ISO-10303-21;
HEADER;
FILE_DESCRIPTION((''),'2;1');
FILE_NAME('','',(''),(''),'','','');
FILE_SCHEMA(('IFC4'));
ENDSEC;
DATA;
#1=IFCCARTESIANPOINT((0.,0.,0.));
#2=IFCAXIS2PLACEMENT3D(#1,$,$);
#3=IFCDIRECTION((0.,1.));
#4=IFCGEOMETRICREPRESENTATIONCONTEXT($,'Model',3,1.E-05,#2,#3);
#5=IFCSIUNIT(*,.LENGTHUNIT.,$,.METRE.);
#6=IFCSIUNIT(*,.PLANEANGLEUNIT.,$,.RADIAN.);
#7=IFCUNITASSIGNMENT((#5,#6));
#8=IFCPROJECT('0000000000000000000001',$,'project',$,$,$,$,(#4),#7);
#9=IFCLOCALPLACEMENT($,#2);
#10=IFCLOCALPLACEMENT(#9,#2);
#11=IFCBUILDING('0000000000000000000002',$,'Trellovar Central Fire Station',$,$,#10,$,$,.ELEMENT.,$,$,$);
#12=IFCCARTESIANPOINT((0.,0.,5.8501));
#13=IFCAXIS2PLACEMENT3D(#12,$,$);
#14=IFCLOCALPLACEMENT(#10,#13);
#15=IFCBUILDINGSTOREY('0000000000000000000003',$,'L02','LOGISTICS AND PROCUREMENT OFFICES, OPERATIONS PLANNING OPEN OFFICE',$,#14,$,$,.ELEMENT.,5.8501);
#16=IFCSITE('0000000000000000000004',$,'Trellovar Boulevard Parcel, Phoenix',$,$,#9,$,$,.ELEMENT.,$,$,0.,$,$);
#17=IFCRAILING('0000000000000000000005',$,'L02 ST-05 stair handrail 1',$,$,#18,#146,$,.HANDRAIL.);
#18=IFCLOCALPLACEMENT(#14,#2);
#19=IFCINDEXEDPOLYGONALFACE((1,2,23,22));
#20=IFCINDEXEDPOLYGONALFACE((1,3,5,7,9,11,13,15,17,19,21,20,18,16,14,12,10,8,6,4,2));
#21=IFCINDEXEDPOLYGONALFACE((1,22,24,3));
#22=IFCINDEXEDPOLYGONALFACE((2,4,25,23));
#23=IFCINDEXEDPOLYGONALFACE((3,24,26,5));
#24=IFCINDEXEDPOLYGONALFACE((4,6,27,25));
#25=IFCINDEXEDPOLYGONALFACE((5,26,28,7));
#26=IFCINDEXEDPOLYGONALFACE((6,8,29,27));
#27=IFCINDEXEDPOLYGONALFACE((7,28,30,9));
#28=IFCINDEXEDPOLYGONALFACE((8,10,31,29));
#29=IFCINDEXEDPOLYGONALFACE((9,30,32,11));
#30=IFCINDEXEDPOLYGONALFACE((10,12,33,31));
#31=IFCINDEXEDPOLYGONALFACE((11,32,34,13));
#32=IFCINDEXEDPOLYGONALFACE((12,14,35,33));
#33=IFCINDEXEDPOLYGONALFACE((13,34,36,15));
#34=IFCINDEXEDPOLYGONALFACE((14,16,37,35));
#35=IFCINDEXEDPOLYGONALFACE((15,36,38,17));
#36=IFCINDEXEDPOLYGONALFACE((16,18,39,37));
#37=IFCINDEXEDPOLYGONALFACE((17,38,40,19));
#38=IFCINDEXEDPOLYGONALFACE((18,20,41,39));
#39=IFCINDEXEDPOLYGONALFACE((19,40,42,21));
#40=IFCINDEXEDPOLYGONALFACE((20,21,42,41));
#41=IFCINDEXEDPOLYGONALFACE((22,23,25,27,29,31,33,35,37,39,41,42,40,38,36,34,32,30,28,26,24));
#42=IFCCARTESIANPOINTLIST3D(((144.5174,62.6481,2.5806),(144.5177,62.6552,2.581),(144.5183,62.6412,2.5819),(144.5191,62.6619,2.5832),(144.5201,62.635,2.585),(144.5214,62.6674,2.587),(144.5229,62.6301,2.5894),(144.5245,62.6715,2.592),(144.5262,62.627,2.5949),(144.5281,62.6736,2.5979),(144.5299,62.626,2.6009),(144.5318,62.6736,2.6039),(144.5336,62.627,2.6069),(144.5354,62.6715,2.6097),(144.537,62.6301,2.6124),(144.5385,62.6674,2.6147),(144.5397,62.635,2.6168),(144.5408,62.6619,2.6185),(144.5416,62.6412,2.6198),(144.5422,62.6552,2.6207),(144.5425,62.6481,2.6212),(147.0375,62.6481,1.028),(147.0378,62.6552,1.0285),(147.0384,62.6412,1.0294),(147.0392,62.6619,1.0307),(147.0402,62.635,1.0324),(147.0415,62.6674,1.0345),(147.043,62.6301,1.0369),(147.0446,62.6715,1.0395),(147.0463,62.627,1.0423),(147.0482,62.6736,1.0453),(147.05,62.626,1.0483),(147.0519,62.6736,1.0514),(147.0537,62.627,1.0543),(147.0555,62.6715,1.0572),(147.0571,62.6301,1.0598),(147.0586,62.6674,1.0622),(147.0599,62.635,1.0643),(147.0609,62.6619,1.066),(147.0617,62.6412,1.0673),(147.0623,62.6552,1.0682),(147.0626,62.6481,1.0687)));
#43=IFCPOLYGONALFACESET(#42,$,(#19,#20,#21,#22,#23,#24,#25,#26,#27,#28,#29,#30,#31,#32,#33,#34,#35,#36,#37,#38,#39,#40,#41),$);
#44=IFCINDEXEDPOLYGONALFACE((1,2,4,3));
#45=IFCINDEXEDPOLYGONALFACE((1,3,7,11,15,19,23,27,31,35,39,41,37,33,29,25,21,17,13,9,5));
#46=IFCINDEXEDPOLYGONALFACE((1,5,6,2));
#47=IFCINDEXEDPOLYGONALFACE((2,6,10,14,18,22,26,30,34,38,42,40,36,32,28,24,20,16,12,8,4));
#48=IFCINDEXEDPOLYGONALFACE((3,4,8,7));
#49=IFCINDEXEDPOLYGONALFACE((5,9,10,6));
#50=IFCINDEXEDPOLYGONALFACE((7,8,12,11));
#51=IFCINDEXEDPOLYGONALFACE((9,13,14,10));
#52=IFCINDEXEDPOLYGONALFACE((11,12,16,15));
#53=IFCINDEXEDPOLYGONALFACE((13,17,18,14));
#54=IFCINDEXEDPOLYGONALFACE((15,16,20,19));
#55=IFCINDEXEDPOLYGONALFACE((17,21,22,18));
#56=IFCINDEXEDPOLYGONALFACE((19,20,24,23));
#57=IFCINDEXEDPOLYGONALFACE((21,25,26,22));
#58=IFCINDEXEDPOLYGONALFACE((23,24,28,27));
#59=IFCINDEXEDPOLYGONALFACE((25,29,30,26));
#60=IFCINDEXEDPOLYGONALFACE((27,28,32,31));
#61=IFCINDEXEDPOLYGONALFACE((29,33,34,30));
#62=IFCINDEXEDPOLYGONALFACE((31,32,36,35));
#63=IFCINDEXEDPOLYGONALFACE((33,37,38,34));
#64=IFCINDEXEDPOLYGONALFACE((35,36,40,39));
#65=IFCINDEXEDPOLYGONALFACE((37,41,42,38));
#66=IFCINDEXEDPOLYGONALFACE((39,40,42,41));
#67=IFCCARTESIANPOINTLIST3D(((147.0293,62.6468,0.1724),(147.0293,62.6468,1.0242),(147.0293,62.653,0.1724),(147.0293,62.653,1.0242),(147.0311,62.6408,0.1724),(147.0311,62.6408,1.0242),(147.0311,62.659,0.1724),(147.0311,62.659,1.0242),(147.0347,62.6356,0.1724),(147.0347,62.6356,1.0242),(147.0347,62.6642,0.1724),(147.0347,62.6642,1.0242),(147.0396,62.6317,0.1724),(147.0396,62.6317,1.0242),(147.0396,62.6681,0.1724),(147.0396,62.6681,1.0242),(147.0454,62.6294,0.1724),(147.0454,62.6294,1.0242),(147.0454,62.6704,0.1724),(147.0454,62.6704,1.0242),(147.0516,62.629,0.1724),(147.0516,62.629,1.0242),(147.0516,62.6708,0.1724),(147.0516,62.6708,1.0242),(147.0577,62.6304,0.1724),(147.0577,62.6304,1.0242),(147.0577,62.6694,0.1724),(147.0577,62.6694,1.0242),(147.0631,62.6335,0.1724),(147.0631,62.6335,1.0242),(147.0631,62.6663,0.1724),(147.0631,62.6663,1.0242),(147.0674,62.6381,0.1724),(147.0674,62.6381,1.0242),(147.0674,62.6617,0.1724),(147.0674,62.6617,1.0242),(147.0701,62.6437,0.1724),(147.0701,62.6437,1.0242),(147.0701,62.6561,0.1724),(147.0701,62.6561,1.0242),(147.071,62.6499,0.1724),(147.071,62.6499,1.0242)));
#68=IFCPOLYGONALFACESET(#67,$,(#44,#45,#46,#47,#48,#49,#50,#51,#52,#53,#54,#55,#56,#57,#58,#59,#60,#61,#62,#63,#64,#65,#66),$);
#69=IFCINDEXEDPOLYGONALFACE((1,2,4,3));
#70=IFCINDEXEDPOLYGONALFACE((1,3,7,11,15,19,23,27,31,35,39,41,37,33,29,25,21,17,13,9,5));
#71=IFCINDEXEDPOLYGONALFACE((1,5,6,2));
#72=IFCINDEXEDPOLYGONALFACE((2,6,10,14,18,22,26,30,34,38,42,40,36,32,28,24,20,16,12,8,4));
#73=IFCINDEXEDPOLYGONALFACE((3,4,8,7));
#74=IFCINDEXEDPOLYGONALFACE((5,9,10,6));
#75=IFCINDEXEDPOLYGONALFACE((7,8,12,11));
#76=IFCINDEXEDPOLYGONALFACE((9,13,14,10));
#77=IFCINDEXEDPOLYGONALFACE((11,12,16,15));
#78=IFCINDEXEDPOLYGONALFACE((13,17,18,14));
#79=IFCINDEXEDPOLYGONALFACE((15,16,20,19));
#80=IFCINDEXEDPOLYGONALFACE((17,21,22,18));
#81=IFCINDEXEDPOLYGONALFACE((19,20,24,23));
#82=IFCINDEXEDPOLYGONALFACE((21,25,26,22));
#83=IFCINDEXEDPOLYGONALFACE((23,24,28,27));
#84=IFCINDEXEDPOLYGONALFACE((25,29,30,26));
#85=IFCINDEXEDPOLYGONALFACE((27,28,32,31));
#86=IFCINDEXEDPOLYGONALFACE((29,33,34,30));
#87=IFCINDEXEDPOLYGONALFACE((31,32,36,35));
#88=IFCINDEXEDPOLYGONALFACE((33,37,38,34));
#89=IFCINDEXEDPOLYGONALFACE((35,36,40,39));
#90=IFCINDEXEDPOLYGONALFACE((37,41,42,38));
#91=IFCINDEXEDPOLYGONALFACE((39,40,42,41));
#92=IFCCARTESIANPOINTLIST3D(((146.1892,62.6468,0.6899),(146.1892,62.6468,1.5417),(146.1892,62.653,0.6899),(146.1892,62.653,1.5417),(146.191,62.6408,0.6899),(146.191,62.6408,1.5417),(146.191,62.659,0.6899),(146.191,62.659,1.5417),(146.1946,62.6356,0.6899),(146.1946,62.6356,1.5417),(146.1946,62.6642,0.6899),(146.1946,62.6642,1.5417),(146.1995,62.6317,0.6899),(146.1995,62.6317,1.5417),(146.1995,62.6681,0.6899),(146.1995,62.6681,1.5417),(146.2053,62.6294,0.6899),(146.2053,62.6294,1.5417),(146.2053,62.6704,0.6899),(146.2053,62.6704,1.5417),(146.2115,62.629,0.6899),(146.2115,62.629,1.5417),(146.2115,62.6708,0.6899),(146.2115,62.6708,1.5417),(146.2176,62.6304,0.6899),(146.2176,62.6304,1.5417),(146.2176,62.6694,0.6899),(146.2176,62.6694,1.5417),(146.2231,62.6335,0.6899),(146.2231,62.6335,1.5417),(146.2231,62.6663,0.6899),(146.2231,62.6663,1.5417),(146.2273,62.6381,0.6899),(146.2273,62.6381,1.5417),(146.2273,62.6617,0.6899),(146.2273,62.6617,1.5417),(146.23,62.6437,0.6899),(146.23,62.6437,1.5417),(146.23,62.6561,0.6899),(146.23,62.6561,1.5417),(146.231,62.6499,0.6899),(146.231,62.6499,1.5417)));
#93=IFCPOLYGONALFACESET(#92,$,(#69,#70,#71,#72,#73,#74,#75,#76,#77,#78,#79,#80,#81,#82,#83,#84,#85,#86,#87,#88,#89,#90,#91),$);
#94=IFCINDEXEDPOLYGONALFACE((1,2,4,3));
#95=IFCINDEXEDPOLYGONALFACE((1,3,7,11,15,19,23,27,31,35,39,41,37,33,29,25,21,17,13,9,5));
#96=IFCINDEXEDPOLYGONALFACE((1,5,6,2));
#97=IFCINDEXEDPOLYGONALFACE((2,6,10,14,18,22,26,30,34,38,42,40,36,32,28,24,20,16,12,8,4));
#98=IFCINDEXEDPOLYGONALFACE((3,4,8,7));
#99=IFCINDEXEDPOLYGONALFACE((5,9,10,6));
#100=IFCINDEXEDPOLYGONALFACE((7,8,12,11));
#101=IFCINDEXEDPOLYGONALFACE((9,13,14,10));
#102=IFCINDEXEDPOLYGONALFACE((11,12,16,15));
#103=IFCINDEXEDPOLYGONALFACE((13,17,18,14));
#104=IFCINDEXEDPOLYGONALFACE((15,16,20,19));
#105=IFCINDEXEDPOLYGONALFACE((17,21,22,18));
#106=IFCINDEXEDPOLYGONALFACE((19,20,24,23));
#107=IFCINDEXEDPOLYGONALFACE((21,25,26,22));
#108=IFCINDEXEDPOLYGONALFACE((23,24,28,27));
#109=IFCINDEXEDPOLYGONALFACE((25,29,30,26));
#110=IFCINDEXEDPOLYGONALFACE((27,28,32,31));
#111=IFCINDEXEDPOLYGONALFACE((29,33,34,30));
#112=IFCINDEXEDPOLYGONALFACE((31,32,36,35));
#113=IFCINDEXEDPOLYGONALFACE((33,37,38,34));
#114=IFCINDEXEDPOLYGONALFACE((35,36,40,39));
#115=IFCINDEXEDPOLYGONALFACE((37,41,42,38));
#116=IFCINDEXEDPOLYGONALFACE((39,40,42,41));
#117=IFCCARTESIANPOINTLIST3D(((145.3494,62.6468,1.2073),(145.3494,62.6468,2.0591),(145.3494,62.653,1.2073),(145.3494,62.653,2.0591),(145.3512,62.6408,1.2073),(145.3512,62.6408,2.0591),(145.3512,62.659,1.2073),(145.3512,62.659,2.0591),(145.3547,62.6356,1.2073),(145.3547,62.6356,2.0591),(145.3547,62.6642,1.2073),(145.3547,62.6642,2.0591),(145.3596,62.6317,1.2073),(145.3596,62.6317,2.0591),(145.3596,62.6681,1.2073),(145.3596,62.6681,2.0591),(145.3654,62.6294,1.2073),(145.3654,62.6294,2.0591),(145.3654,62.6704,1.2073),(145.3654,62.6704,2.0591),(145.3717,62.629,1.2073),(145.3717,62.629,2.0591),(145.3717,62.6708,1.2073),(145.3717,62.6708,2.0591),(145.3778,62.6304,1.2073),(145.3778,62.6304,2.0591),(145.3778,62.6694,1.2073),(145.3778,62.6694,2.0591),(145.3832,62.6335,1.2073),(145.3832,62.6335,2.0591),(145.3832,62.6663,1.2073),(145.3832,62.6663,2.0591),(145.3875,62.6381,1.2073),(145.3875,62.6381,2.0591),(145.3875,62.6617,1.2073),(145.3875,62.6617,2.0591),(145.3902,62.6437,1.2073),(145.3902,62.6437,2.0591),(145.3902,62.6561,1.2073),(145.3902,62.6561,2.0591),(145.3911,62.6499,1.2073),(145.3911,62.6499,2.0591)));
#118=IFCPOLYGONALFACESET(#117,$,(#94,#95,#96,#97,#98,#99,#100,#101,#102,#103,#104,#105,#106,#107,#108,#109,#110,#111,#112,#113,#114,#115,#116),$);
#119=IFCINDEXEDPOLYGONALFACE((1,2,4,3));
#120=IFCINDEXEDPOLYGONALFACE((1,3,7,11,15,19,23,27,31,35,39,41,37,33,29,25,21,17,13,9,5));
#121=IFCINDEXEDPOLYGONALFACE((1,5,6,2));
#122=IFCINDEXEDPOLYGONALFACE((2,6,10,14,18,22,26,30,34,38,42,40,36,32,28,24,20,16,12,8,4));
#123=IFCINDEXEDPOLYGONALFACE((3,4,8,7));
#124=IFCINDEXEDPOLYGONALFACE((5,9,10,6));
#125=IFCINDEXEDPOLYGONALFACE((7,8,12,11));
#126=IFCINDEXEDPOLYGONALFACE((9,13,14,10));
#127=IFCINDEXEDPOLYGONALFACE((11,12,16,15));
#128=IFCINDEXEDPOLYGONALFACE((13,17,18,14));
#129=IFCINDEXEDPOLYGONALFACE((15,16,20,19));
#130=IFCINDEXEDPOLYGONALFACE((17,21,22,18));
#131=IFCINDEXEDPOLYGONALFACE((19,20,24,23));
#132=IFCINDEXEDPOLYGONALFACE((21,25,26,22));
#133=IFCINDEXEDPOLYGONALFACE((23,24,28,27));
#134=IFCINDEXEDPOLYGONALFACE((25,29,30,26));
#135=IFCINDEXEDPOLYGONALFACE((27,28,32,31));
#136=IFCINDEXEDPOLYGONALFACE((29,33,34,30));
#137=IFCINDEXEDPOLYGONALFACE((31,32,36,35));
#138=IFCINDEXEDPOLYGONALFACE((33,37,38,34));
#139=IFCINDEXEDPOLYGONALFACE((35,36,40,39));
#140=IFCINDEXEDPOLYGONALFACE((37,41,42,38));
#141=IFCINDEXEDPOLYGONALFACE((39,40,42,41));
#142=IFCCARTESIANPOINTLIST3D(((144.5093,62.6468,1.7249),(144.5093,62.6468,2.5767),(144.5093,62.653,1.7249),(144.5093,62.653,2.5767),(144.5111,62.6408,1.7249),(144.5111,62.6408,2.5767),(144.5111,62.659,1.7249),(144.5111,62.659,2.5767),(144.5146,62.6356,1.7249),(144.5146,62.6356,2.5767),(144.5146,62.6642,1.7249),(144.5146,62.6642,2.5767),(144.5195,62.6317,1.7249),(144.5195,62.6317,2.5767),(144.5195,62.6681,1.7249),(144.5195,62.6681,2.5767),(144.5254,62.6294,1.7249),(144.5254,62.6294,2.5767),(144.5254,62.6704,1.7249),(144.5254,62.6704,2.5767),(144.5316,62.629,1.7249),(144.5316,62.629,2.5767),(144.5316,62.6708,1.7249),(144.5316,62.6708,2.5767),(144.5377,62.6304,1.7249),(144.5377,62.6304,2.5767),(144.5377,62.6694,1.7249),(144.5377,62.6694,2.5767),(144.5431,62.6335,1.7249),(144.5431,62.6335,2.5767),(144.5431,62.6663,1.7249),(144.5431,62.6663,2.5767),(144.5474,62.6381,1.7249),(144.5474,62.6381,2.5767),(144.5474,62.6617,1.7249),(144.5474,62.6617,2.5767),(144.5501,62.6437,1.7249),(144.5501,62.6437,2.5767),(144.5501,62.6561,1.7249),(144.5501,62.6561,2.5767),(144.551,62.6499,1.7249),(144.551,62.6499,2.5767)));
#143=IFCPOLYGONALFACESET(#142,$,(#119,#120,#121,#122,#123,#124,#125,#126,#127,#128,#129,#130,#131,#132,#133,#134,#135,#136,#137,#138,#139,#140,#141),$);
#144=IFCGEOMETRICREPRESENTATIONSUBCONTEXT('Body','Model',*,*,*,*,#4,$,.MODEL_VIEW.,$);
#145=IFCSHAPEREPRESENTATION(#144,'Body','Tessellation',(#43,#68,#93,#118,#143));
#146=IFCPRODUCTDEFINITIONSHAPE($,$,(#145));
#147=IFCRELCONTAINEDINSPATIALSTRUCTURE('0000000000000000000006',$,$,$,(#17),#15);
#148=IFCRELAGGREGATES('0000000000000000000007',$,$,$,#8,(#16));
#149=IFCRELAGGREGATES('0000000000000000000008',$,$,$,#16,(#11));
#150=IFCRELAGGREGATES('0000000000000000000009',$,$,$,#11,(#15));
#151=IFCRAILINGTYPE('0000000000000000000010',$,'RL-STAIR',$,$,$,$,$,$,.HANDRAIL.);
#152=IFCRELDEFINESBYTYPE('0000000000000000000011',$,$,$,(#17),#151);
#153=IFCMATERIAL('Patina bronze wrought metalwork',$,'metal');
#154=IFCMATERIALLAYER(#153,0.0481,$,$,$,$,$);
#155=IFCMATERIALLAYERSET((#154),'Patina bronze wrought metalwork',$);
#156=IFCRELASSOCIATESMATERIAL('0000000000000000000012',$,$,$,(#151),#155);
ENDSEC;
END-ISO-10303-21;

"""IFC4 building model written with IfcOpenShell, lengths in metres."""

from ifc_helpers import new_model, si_unit, direction, frame, origin, origin_2d, place, context, subcontext, project, spatial, circle, extrude, material, layer, layer_set, type_object, element, save


model = new_model("IFC4")

# Units and contexts
model_context = context("Model", 3, precision=1e-05, world=origin(), true_north=direction((0.0, 1.0)))
body_context = subcontext(model_context, "Body", "Model", "MODEL_VIEW")
ifc_project = project(units=[si_unit("LENGTHUNIT", "METRE"), si_unit("PLANEANGLEUNIT", "RADIAN")], contexts=[model_context])

# Site, building, storey
site_placement = place(None, origin())
site = spatial("IfcSite", under=ifc_project, at=site_placement, Name="Trellovar Boulevard Parcel, Phoenix", CompositionType="ELEMENT", RefElevation=0.0)
building_placement = place(site_placement, origin())
building = spatial("IfcBuilding", under=site, at=building_placement, Name="Trellovar Central Fire Station", CompositionType="ELEMENT")
storey_placement = place(building_placement, frame((0.0, 0.0, 5.8501)))
storey = spatial("IfcBuildingStorey", under=building, at=storey_placement, Name="L02", Description="LOGISTICS AND PROCUREMENT OFFICES, OPERATIONS PLANNING OPEN OFFICE", CompositionType="ELEMENT", Elevation=5.8501)

# Railing
ifc_material_1 = material(Name="Patina bronze wrought metalwork", Category="metal")
ifc_layer_1 = layer(ifc_material_1, 0.0481)
ifc_layer_set_1 = layer_set([ifc_layer_1], Name="Patina bronze wrought metalwork")
railing_type_1 = type_object("IfcRailingType", Name="RL-STAIR", PredefinedType="HANDRAIL", material=ifc_layer_set_1)
railing_1_placement = place(storey_placement, frame((147.05, 62.6499, 0.1724)))
element("IfcRailing", 1, at=railing_1_placement, inside=storey, type_object=railing_type_1, Name="L02 ST-05 stair handrail 1", PredefinedType="HANDRAIL", context=body_context, shape_type="SweptSolid", body=[
    extrude(circle(Radius=0.0239, at=origin_2d()), frame((0.0, 0.0, 0.876), z_axis=(-0.8514, 0.0, 0.524516), x_axis=(0.0, -1.0, 0.0)), (0.0, 0.0, 1.0), 2.96),
    extrude(circle(Radius=0.021, at=origin_2d()), origin(), (0.0, 0.0, 1.0), 0.8518),
    extrude(circle(Radius=0.021, at=origin_2d()), frame((-0.8401, 0.0, 0.5176)), (0.0, 0.0, 1.0), 0.8518),
    extrude(circle(Radius=0.021, at=origin_2d()), frame((-1.6799, 0.0, 1.0349)), (0.0, 0.0, 1.0), 0.8518),
    extrude(circle(Radius=0.021, at=origin_2d()), frame((-2.52, 0.0, 1.5525)), (0.0, 0.0, 1.0), 0.8518),
])

save(model, "model.ifc")
